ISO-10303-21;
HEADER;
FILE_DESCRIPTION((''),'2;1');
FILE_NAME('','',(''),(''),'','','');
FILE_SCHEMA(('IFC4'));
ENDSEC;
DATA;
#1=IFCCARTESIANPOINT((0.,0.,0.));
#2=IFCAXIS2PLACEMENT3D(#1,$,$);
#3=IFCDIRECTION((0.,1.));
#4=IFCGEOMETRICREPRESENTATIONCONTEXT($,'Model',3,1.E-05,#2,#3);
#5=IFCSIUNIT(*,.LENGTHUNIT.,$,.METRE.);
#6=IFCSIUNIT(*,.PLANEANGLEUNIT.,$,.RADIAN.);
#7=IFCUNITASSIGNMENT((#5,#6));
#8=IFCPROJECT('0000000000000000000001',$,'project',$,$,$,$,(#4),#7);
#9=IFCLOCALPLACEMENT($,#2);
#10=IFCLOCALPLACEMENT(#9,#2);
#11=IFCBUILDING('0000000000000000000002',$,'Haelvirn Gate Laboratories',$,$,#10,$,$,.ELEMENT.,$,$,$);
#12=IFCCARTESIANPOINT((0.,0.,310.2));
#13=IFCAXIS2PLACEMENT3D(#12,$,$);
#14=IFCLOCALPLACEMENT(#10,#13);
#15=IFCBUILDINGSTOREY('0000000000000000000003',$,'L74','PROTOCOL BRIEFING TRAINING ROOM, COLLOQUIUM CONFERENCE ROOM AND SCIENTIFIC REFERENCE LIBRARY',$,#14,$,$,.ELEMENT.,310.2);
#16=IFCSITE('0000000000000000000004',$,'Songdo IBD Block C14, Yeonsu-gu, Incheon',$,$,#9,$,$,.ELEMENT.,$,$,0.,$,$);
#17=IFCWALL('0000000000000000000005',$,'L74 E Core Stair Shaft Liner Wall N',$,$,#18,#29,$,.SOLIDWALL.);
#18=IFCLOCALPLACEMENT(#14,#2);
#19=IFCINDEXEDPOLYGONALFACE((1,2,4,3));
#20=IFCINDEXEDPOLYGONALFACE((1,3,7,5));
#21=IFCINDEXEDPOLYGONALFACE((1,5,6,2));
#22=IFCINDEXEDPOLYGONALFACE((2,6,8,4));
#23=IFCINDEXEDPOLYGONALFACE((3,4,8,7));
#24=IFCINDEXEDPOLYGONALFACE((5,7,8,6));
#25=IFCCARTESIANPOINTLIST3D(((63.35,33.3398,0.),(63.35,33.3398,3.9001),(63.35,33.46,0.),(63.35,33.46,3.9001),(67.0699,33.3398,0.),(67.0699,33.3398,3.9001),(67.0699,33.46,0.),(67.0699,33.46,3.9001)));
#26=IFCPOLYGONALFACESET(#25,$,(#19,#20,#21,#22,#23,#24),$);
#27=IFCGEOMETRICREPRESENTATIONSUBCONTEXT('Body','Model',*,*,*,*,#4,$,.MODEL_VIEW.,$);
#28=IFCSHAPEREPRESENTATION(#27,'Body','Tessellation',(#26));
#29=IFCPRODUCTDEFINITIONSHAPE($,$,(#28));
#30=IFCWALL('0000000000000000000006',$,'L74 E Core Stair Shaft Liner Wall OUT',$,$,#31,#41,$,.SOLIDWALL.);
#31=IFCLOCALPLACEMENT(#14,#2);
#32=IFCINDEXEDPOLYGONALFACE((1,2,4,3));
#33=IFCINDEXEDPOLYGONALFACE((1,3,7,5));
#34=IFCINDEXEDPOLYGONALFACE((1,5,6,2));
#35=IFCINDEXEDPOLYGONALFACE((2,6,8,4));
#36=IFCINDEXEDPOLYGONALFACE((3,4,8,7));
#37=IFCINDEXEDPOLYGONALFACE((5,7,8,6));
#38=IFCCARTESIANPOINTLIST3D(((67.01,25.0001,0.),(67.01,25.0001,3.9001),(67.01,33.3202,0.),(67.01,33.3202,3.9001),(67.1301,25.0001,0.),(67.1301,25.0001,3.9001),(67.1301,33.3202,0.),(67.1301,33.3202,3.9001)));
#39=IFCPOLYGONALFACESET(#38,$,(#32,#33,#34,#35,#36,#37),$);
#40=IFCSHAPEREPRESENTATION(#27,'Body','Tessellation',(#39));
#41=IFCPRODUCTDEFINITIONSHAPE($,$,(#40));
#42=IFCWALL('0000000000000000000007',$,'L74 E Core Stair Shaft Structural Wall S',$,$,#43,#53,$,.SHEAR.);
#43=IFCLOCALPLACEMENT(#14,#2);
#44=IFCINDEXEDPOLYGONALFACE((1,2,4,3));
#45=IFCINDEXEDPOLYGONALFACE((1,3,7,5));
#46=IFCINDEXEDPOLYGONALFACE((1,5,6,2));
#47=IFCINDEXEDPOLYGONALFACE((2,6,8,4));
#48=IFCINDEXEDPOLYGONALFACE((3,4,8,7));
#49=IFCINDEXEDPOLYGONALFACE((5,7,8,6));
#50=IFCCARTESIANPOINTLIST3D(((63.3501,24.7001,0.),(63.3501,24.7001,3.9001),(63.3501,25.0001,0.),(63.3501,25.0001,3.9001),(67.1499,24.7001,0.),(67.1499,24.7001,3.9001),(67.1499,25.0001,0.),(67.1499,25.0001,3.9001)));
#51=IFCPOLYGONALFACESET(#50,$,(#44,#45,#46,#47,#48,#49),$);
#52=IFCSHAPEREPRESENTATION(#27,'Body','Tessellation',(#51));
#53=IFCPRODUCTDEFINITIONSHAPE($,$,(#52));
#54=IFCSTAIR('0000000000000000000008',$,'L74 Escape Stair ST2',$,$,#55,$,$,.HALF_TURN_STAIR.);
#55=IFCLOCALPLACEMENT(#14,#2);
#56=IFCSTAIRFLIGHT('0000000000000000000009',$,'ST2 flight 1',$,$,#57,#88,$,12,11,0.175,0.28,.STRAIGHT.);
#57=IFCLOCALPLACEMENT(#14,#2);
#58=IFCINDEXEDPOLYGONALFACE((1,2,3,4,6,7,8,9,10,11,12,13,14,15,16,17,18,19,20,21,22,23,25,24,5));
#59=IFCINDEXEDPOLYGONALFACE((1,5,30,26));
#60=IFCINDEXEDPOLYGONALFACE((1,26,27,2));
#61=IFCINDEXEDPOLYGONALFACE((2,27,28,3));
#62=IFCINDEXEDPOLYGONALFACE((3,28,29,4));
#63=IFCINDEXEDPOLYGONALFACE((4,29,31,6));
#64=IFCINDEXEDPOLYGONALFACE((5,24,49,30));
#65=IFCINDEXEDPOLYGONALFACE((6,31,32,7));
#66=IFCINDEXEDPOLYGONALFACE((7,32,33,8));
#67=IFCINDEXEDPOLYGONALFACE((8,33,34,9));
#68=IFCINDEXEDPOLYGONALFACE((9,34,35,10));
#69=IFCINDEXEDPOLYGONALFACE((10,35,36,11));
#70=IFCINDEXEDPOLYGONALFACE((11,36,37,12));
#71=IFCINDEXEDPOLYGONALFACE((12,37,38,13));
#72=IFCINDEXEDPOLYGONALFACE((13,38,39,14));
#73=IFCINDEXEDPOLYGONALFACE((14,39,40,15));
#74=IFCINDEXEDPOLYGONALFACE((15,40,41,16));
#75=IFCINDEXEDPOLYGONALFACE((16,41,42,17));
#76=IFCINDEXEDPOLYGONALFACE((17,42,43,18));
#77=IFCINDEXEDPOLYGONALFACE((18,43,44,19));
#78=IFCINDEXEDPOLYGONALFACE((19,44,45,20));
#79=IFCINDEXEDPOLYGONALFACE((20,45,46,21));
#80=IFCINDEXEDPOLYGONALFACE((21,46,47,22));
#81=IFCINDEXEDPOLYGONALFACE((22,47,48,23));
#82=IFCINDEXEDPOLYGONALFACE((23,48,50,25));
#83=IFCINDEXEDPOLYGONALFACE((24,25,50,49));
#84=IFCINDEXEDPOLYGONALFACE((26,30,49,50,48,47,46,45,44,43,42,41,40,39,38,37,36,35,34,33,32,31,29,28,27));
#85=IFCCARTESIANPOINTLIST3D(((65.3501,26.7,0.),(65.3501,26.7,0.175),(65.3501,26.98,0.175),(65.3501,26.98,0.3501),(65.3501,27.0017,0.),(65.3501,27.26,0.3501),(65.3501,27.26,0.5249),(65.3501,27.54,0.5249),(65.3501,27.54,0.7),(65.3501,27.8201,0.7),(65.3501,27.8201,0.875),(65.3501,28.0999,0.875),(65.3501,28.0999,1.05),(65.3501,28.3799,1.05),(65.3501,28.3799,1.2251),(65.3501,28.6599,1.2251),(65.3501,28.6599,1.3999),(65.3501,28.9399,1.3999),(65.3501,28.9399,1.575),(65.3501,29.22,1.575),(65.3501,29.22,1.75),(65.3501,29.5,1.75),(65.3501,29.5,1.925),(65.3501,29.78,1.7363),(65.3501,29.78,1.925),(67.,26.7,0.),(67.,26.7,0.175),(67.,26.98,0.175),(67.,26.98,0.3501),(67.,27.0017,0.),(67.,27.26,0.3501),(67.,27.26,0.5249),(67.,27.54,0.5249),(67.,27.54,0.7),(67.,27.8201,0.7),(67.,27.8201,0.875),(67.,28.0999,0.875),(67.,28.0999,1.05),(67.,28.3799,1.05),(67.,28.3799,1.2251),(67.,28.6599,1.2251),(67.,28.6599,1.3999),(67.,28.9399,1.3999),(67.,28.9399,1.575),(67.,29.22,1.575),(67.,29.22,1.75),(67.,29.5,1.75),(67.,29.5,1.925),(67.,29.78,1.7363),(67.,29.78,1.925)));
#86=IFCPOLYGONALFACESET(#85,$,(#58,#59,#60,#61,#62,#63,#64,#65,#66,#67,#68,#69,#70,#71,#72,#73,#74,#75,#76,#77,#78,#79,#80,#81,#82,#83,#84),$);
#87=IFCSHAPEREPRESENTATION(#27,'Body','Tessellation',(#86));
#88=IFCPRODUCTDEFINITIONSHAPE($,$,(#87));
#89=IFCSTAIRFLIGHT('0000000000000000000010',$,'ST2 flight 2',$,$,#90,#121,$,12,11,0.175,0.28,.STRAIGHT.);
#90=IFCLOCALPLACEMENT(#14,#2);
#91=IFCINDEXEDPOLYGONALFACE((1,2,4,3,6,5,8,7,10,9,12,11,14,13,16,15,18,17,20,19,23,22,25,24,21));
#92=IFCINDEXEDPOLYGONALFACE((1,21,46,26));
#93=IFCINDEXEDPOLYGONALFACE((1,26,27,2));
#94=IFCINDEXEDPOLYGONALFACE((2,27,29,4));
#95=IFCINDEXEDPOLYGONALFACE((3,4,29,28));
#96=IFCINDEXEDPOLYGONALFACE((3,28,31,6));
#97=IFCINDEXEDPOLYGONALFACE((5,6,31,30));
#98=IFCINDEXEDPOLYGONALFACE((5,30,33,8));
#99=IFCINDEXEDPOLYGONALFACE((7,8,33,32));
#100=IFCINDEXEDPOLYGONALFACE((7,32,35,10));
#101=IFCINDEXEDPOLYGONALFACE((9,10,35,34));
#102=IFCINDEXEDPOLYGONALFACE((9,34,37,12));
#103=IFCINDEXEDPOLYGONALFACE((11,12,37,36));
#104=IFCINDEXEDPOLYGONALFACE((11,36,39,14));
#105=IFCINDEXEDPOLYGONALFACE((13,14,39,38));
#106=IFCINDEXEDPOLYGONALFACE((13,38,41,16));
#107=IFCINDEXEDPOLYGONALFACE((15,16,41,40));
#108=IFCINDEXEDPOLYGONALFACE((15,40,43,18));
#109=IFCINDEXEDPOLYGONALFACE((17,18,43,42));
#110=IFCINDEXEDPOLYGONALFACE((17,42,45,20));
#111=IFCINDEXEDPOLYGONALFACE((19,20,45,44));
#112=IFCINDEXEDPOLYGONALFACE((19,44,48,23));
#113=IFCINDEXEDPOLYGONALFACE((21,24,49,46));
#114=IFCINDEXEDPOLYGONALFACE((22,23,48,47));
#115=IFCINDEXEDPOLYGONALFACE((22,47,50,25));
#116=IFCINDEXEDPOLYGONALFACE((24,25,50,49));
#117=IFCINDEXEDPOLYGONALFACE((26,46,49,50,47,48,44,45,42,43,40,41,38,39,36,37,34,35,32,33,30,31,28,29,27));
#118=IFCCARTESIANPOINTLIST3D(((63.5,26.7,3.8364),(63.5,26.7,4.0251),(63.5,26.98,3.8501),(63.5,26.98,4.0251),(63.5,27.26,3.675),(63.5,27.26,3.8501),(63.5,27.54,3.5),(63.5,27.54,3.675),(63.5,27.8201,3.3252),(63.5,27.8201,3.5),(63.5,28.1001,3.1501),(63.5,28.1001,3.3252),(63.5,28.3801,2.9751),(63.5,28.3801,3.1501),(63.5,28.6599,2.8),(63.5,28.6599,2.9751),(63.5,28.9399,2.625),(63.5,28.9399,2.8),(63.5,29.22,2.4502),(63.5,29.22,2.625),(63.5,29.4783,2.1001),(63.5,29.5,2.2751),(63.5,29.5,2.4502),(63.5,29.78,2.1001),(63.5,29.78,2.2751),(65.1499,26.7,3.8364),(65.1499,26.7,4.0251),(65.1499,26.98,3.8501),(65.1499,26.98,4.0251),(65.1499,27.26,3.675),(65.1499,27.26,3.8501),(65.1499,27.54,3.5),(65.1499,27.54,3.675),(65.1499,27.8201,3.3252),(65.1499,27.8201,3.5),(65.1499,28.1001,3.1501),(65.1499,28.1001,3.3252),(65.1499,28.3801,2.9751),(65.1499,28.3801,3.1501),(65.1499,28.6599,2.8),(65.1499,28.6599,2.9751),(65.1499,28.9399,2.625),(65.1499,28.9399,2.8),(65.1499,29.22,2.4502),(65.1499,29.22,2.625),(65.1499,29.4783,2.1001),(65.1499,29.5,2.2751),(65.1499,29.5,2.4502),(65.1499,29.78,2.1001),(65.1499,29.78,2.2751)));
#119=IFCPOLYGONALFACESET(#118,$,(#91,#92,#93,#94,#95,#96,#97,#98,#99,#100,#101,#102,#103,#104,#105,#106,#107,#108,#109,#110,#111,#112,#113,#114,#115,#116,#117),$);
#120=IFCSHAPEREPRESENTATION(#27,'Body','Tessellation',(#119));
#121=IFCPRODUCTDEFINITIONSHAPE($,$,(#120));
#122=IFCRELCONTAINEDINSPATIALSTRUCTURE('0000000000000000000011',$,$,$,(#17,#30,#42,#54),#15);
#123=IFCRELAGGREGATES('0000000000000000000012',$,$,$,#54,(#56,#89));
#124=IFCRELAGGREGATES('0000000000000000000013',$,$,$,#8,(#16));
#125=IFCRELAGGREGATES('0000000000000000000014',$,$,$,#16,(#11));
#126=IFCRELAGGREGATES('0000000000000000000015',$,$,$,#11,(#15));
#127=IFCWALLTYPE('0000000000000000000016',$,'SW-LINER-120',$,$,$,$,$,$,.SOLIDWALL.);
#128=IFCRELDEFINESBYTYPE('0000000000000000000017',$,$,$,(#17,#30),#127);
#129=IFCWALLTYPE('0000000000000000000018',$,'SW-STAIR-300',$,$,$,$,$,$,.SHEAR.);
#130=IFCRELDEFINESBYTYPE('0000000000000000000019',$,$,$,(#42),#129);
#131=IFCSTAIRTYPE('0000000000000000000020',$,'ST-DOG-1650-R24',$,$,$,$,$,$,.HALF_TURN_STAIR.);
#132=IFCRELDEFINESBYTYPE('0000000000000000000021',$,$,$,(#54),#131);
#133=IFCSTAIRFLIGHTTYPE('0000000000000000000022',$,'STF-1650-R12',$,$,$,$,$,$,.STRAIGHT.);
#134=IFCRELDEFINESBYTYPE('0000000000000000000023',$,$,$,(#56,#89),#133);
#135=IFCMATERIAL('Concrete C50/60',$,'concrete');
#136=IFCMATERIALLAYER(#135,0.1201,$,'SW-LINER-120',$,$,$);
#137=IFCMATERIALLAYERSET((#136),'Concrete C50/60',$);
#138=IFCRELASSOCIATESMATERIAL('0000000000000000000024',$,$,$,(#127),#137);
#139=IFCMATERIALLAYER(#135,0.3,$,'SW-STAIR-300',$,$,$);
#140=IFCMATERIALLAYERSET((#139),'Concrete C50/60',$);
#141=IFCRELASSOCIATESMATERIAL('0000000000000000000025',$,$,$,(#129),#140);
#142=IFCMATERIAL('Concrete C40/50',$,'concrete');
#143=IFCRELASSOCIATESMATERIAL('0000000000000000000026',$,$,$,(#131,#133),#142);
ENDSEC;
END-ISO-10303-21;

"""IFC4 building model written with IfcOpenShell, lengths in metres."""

from ifc_helpers import new_model, si_unit, direction, frame, frame_2d, origin, place, context, subcontext, project, spatial, polyline, rectangle, outline, extrude, source, transform, mapped, material, layer, layer_set, type_object, type_shapes, element, aggregate, save


model = new_model("IFC4")

# Units and contexts
model_context = context("Model", 3, precision=1e-05, world=origin(), true_north=direction((0.0, 1.0)))
body_context = subcontext(model_context, "Body", "Model", "MODEL_VIEW")
ifc_project = project(units=[si_unit("LENGTHUNIT", "METRE"), si_unit("PLANEANGLEUNIT", "RADIAN")], contexts=[model_context])

# Site, building, storey
site_placement = place(None, origin())
site = spatial("IfcSite", under=ifc_project, at=site_placement, Name="Songdo IBD Block C14, Yeonsu-gu, Incheon", CompositionType="ELEMENT", RefElevation=0.0)
building_placement = place(site_placement, origin())
building = spatial("IfcBuilding", under=site, at=building_placement, Name="Haelvirn Gate Laboratories", CompositionType="ELEMENT")
storey_placement = place(building_placement, frame((0.0, 0.0, 310.2)))
storey = spatial("IfcBuildingStorey", under=building, at=storey_placement, Name="L74", Description="PROTOCOL BRIEFING TRAINING ROOM, COLLOQUIUM CONFERENCE ROOM AND SCIENTIFIC REFERENCE LIBRARY", CompositionType="ELEMENT", Elevation=310.2)

# Shared definitions
ifc_material_1 = material(Name="Concrete C40/50", Category="concrete")

# Walls
ifc_material_2 = material(Name="Concrete C50/60", Category="concrete")
ifc_layer_1 = layer(ifc_material_2, 0.1201, Name="SW-LINER-120")
ifc_layer_set_1 = layer_set([ifc_layer_1], Name="Concrete C50/60")
wall_type_1 = type_object("IfcWallType", Name="SW-LINER-120", PredefinedType="SOLIDWALL", material=ifc_layer_set_1)
wall_1_placement = place(storey_placement, frame((63.3501, 33.3999, 0.0), z_axis=(0.0, 0.0, 1.0), x_axis=(1.0, 0.0, 0.0)))
element("IfcWall", 1, at=wall_1_placement, inside=storey, type_object=wall_type_1, Name="L74 E Core Stair Shaft Liner Wall N", PredefinedType="SOLIDWALL", context=body_context, shape_type="SweptSolid", body=[
    extrude(rectangle(XDim=3.72, YDim=0.1201, at=frame_2d((1.8599, 0.0))), origin(), (0.0, 0.0, 1.0), 3.9001),
])
wall_2_placement = place(storey_placement, frame((67.0701, 25.0, 0.0), z_axis=(0.0, 0.0, 1.0), x_axis=(0.0, 1.0, 0.0)))
element("IfcWall", 2, at=wall_2_placement, inside=storey, type_object=wall_type_1, Name="L74 E Core Stair Shaft Liner Wall OUT", PredefinedType="SOLIDWALL", context=body_context, shape_type="SweptSolid", body=[
    extrude(rectangle(XDim=8.3201, YDim=0.1201, at=frame_2d((4.1602, 0.0))), origin(), (0.0, 0.0, 1.0), 3.9001),
])
ifc_layer_2 = layer(ifc_material_2, 0.3, Name="SW-STAIR-300")
ifc_layer_set_2 = layer_set([ifc_layer_2], Name="Concrete C50/60")
wall_type_2 = type_object("IfcWallType", Name="SW-STAIR-300", PredefinedType="SHEAR", material=ifc_layer_set_2)
wall_3_placement = place(storey_placement, frame((63.3501, 24.8501, 0.0), z_axis=(0.0, 0.0, 1.0), x_axis=(1.0, 0.0, 0.0)))
element("IfcWall", 3, at=wall_3_placement, inside=storey, type_object=wall_type_2, Name="L74 E Core Stair Shaft Structural Wall S", PredefinedType="SHEAR", context=body_context, shape_type="SweptSolid", body=[
    extrude(rectangle(XDim=3.7998, YDim=0.3, at=frame_2d((1.8999, 0.0))), origin(), (0.0, 0.0, 1.0), 3.9001),
])

# Stair, stair flights
stair_type = type_object("IfcStairType", Name="ST-DOG-1650-R24", PredefinedType="HALF_TURN_STAIR", material=ifc_material_1)
stair_placement = place(storey_placement, origin())
stair = element("IfcStair", 4, at=stair_placement, inside=storey, type_object=stair_type, Name="L74 Escape Stair ST2", PredefinedType="HALF_TURN_STAIR")
stair_flight_type = type_object("IfcStairFlightType", Name="STF-1650-R12", PredefinedType="STRAIGHT", material=ifc_material_1)
shared_shape_1 = source(origin(), body_context, "Body", "SweptSolid", [
    extrude(outline(polyline([(0.0, 0.0), (0.0, 0.175), (0.28, 0.175), (0.28, 0.3501), (0.5601, 0.3501), (0.5601, 0.5249), (0.8401, 0.5249), (0.8401, 0.7), (1.1201, 0.7), (1.1201, 0.875), (1.3999, 0.875), (1.3999, 1.05), (1.6799, 1.05), (1.6799, 1.2251), (1.96, 1.2251), (1.96, 1.3999), (2.24, 1.3999), (2.24, 1.575), (2.52, 1.575), (2.52, 1.75), (2.8, 1.75), (2.8, 1.925), (3.0801, 1.925), (3.0801, 2.1001), (3.0801, 1.7363), (0.3018, 0.0), (0.0, 0.0)])), frame((0.0, 0.825, 0.0), z_axis=(0.0, -1.0, 0.0), x_axis=(1.0, 0.0, 0.0)), (0.0, 0.0, 1.0), 1.6499),
])
type_shapes(stair_flight_type, [shared_shape_1])
stair_flight_1_placement = place(storey_placement, frame((66.175, 26.7, 0.0), z_axis=(0.0, 0.0, 1.0), x_axis=(0.0, 1.0, 0.0)))
stair_flight_1 = element("IfcStairFlight", 5, at=stair_flight_1_placement, type_object=stair_flight_type, Name="ST2 flight 1", NumberOfRisers=12, NumberOfTreads=11, PredefinedType="STRAIGHT", RiserHeight=0.175, TreadLength=0.28, context=body_context, shape_type="MappedRepresentation", body=[
    mapped(shared_shape_1, transform((0.0, 0.0, 0.0), scale=1.0)),
])
stair_flight_2_placement = place(storey_placement, frame((64.325, 29.78, 2.1001), z_axis=(0.0, 0.0, 1.0), x_axis=(0.0, -1.0, 0.0)))
stair_flight_2 = element("IfcStairFlight", 6, at=stair_flight_2_placement, type_object=stair_flight_type, Name="ST2 flight 2", NumberOfRisers=12, NumberOfTreads=11, PredefinedType="STRAIGHT", RiserHeight=0.175, TreadLength=0.28, context=body_context, shape_type="MappedRepresentation", body=[
    mapped(shared_shape_1, transform((0.0, 0.0, 0.0), scale=1.0)),
])
aggregate(stair, [stair_flight_1, stair_flight_2])

save(model, "model.ifc")
